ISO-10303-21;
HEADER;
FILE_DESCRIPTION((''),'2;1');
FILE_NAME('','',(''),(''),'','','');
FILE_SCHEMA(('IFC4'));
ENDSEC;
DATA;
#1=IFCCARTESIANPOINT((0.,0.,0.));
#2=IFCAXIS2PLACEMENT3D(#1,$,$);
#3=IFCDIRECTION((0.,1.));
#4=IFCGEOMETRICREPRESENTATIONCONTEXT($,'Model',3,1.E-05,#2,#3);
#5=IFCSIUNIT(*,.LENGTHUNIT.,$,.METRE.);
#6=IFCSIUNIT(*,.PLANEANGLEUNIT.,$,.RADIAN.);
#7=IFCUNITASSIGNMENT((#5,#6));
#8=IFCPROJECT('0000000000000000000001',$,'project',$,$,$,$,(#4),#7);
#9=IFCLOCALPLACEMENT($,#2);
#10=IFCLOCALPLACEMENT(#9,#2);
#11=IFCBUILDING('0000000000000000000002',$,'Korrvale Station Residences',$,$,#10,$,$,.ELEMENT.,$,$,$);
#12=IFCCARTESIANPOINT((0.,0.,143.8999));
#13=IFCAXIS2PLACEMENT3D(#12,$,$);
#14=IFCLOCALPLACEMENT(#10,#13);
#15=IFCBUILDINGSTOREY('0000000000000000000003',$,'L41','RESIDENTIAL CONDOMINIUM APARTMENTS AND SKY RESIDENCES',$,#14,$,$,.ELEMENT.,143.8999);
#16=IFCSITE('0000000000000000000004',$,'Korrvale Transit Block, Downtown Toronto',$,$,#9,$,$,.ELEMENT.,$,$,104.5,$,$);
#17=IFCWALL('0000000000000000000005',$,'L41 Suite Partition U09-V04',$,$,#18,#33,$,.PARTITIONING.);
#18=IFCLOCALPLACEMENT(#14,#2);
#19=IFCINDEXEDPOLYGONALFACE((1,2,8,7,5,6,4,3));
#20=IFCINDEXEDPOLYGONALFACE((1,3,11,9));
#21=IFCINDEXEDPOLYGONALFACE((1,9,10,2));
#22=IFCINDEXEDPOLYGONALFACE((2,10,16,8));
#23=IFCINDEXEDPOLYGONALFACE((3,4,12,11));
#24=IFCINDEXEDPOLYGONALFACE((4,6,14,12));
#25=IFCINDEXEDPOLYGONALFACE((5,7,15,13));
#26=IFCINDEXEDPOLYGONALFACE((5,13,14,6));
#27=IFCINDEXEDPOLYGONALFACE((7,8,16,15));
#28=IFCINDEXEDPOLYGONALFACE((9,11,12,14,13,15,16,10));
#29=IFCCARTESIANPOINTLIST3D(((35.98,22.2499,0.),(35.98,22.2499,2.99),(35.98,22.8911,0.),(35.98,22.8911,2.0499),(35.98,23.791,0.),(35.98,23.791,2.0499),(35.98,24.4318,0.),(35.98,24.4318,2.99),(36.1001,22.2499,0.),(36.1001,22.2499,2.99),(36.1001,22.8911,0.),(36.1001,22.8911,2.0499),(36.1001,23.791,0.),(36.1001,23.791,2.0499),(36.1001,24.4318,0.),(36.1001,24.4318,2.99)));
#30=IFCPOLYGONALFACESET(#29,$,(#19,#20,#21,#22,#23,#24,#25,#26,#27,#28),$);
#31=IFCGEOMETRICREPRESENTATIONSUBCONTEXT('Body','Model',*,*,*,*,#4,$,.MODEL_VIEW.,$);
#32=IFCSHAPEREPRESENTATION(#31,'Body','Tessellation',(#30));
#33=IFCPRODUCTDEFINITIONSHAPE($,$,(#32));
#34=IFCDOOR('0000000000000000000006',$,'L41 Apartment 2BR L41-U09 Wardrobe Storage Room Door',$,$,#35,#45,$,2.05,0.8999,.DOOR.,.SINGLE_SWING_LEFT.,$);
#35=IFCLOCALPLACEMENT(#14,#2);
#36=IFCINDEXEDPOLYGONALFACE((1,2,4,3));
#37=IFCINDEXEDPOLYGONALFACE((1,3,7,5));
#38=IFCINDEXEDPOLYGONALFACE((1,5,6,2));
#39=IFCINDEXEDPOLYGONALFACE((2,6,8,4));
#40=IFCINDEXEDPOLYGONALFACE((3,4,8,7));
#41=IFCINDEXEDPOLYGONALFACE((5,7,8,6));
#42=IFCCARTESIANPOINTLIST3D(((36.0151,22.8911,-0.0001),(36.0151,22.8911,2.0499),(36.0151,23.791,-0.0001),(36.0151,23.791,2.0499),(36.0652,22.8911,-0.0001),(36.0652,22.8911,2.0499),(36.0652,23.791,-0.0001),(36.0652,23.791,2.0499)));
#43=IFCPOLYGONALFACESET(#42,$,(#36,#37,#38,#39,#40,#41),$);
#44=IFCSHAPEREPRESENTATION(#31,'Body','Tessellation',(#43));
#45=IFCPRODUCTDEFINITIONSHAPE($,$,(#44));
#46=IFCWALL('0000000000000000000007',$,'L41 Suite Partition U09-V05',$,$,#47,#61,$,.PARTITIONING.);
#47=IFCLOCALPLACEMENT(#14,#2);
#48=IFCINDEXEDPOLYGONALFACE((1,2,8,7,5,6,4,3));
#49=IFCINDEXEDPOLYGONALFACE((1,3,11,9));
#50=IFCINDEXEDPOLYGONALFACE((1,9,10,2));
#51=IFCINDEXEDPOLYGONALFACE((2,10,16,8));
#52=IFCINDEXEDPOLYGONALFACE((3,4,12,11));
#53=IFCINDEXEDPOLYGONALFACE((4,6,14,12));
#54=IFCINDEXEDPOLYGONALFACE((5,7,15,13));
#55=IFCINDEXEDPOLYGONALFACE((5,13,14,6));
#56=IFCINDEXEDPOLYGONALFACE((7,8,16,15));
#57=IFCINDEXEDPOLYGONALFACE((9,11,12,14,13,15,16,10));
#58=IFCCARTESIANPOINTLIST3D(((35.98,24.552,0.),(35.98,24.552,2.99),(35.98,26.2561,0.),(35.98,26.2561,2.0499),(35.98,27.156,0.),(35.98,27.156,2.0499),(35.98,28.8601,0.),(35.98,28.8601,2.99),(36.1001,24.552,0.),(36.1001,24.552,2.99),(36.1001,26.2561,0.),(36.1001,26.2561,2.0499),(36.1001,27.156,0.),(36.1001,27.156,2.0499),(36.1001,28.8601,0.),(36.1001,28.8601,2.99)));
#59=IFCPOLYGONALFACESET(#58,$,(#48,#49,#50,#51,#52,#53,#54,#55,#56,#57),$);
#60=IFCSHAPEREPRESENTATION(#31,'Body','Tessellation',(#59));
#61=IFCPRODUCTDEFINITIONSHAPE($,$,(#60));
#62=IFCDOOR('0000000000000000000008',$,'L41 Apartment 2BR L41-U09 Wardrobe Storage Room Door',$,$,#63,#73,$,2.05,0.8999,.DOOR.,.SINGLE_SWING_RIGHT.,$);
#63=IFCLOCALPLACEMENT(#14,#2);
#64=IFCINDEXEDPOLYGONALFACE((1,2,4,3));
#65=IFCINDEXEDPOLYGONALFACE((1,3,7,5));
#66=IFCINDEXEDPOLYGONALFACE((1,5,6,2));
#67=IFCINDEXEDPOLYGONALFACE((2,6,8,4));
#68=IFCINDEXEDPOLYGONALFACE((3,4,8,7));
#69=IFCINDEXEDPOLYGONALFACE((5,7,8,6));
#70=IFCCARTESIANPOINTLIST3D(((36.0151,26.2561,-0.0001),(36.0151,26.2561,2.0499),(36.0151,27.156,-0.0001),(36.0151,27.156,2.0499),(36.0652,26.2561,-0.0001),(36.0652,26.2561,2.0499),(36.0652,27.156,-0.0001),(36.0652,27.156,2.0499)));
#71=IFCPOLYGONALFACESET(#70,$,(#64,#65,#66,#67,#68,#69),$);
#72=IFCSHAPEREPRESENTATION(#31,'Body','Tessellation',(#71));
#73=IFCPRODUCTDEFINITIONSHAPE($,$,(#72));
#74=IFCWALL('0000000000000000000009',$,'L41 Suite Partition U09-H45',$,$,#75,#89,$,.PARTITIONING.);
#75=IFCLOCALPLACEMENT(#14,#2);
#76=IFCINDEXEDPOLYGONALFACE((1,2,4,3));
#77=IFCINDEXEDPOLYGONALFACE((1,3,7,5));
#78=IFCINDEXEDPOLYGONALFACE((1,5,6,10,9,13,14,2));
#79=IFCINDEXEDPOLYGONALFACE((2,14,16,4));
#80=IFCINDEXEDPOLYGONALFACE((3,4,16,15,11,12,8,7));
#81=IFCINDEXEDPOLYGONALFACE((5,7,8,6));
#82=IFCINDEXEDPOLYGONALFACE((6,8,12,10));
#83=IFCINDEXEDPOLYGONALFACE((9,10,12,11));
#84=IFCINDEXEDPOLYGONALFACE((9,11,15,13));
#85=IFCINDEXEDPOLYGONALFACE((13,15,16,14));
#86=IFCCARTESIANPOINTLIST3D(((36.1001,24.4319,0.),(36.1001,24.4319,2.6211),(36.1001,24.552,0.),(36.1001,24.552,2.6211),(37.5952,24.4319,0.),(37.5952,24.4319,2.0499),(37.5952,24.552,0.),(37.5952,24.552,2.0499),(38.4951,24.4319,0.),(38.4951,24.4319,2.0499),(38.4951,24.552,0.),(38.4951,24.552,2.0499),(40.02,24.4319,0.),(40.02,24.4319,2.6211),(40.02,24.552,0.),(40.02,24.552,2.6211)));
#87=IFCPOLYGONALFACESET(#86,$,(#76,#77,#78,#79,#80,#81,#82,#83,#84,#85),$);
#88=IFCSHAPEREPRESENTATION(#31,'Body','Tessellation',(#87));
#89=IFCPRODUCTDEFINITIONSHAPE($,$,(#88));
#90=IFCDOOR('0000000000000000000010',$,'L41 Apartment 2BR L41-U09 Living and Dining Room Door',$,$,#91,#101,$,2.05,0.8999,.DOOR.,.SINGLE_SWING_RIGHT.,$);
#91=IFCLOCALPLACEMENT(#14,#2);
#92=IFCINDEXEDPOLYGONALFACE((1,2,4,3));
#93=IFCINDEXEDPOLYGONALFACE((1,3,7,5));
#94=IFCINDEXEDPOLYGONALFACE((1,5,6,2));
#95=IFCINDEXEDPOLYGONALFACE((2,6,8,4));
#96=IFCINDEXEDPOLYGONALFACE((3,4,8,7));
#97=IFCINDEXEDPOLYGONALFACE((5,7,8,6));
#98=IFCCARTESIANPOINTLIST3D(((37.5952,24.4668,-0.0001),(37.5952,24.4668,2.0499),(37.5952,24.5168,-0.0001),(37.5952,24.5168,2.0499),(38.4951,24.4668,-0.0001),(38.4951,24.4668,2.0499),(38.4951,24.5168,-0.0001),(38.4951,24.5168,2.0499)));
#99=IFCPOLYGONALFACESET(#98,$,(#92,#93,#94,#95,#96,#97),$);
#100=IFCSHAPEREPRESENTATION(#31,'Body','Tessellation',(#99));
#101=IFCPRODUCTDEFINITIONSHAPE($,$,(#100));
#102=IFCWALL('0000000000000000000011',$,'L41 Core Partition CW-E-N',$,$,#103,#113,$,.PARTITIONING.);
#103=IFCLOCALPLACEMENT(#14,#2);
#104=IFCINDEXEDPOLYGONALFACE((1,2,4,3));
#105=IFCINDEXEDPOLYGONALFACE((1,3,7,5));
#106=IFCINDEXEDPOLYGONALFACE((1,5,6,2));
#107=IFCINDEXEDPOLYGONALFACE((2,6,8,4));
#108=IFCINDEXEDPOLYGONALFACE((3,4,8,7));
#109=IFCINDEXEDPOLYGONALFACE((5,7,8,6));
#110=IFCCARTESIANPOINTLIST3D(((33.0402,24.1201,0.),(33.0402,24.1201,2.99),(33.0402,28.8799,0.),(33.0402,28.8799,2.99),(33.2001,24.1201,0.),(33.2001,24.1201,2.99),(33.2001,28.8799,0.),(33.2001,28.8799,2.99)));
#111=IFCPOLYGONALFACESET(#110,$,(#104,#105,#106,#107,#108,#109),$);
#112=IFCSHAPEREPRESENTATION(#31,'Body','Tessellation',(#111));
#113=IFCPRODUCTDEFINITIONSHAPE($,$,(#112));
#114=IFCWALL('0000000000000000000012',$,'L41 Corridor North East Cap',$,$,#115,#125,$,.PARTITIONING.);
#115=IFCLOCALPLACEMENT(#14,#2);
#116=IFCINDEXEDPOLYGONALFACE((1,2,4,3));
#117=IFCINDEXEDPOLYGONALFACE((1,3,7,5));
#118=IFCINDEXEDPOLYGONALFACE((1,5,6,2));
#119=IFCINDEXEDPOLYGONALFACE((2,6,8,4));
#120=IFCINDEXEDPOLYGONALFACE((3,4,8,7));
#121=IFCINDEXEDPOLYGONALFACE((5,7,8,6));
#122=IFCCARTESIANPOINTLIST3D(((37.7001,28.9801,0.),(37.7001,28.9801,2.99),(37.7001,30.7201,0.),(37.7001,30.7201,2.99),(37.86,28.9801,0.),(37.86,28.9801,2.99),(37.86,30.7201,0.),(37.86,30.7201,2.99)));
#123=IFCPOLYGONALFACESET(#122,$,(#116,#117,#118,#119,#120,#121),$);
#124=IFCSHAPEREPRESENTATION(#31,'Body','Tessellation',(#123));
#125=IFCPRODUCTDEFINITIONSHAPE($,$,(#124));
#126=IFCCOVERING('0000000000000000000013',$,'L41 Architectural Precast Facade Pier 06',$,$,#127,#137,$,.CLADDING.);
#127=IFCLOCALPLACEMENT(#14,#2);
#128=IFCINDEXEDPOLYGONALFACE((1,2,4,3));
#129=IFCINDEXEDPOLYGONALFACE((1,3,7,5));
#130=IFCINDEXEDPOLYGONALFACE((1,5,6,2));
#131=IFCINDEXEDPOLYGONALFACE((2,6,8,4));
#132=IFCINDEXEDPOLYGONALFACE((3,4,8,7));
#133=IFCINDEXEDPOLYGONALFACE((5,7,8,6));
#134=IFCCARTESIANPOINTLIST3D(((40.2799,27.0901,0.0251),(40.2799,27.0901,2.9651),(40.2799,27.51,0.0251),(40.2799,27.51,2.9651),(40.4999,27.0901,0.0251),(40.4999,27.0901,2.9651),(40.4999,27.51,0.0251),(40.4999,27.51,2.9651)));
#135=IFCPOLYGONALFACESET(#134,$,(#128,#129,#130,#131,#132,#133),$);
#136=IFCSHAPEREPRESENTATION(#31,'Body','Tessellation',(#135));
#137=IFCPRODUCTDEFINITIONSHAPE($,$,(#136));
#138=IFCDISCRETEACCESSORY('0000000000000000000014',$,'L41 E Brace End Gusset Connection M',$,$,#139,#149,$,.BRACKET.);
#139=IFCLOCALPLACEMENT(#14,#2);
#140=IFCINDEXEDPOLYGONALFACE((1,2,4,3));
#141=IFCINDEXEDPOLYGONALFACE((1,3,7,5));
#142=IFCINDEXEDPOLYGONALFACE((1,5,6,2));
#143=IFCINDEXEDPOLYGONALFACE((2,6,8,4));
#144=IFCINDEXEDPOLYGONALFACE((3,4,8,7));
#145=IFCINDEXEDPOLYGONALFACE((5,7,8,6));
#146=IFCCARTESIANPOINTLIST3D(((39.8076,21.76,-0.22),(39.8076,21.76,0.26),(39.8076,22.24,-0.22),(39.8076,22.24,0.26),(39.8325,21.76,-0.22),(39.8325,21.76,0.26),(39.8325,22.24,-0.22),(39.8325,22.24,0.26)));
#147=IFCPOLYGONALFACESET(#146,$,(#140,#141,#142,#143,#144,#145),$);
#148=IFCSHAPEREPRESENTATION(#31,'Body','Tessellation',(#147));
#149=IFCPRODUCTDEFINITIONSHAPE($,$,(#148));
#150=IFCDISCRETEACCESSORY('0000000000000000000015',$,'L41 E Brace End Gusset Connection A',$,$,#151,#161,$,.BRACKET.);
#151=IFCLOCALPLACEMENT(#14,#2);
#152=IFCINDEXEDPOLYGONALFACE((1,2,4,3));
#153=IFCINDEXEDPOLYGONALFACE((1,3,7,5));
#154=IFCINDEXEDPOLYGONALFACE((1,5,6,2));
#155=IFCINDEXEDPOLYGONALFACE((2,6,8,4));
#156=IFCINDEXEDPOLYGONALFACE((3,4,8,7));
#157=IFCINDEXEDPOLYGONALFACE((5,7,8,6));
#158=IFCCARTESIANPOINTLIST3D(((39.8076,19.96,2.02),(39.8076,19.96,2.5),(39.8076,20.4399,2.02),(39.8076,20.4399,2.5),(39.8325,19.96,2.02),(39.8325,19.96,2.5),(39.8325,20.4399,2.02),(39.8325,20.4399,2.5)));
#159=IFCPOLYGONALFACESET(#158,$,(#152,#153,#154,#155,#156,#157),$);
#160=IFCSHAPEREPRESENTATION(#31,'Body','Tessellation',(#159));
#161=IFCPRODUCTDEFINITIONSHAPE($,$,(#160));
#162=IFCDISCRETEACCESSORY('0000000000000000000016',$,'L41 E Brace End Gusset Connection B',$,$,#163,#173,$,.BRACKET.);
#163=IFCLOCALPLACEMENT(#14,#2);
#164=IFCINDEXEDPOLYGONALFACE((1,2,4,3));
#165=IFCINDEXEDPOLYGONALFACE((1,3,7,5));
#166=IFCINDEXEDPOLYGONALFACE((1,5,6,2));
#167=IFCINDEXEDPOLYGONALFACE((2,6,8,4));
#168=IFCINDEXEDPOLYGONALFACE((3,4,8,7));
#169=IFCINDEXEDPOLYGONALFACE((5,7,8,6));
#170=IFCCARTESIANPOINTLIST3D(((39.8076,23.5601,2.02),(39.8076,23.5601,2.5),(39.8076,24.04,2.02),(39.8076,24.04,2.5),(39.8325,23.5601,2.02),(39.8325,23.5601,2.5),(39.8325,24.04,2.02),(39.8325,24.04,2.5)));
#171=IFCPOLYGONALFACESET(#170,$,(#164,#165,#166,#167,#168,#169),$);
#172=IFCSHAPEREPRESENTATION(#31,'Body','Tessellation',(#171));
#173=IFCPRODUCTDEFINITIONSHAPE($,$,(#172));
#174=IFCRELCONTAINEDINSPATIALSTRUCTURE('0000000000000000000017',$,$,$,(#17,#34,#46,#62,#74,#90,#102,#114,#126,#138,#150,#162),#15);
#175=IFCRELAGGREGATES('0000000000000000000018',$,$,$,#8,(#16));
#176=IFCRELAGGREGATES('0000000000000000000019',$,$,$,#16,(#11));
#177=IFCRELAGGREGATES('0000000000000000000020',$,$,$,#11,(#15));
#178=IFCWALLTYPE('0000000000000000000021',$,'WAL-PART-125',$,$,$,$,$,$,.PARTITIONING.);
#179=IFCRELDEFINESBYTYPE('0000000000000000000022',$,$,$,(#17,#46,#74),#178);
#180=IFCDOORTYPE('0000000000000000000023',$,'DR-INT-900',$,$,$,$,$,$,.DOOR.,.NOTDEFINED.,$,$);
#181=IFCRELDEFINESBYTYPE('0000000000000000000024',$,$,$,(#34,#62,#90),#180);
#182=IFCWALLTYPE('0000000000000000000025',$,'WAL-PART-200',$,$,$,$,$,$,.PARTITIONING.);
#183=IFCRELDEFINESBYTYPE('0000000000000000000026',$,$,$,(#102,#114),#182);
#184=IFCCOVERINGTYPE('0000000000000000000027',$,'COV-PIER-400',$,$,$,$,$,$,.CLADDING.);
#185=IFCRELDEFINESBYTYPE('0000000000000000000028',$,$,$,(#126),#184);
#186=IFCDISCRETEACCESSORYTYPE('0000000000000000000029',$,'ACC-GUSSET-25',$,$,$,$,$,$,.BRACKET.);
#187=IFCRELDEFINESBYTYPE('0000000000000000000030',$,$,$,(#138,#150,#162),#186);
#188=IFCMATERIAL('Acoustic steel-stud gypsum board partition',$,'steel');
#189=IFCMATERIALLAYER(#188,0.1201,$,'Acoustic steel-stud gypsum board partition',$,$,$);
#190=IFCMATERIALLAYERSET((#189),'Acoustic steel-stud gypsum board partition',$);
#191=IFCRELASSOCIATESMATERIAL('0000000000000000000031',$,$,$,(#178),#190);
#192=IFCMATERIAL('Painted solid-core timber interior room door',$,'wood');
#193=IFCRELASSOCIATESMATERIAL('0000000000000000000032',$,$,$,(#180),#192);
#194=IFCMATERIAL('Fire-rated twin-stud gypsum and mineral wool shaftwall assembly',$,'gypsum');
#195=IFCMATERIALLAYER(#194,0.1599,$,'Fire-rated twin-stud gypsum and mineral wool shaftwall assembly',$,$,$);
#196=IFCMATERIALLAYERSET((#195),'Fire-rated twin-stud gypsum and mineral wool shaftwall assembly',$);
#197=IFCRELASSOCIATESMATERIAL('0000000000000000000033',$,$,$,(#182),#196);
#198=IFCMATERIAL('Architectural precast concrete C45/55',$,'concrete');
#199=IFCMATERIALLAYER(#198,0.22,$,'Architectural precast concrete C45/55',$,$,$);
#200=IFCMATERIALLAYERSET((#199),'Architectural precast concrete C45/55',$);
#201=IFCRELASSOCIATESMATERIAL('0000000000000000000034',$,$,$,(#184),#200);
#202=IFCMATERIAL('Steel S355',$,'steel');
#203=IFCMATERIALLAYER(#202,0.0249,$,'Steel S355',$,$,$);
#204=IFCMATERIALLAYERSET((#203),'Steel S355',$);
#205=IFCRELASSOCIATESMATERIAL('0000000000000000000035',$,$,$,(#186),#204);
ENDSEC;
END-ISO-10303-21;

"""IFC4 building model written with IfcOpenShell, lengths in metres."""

from ifc_helpers import new_model, si_unit, direction, frame, frame_2d, origin, origin_2d, place, context, subcontext, project, spatial, rectangle, extrude, material, layer, layer_set, type_object, element, fill, save


model = new_model("IFC4")

# Units and contexts
model_context = context("Model", 3, precision=1e-05, world=origin(), true_north=direction((0.0, 1.0)))
body_context = subcontext(model_context, "Body", "Model", "MODEL_VIEW")
ifc_project = project(units=[si_unit("LENGTHUNIT", "METRE"), si_unit("PLANEANGLEUNIT", "RADIAN")], contexts=[model_context])

# Site, building, storey
site_placement = place(None, origin())
site = spatial("IfcSite", under=ifc_project, at=site_placement, Name="Korrvale Transit Block, Downtown Toronto", CompositionType="ELEMENT", RefElevation=104.5)
building_placement = place(site_placement, origin())
building = spatial("IfcBuilding", under=site, at=building_placement, Name="Korrvale Station Residences", CompositionType="ELEMENT")
storey_placement = place(building_placement, frame((0.0, 0.0, 143.8999)))
storey = spatial("IfcBuildingStorey", under=building, at=storey_placement, Name="L41", Description="RESIDENTIAL CONDOMINIUM APARTMENTS AND SKY RESIDENCES", CompositionType="ELEMENT", Elevation=143.8999)

# Shared definitions
ifc_material_1 = material(Name="Steel S355", Category="steel")

# Shared definitions
ifc_material_2 = material(Name="Acoustic steel-stud gypsum board partition", Category="steel")
ifc_layer_1 = layer(ifc_material_2, 0.1201, Name="Acoustic steel-stud gypsum board partition")
ifc_layer_set_1 = layer_set([ifc_layer_1], Name="Acoustic steel-stud gypsum board partition")
wall_type_1 = type_object("IfcWallType", Name="WAL-PART-125", PredefinedType="PARTITIONING", material=ifc_layer_set_1)

# Walls, openings, doors
wall_1_placement = place(storey_placement, frame((36.04, 22.25, 0.0), z_axis=(0.0, 0.0, 1.0), x_axis=(0.0, 1.0, 0.0)))
wall_1 = element("IfcWall", 1, at=wall_1_placement, inside=storey, type_object=wall_type_1, Name="L41 Suite Partition U09-V04", PredefinedType="PARTITIONING", context=body_context, shape_type="SweptSolid", body=[
    extrude(rectangle(XDim=2.1819, YDim=0.1201, at=frame_2d((1.0908, 0.0))), origin(), (0.0, 0.0, 1.0), 2.99),
])
opening_1_placement = place(wall_1_placement, frame((0.6411, 0.0, 0.0)))
opening_1 = element("IfcOpeningElement", 2, at=opening_1_placement, cuts=wall_1, PredefinedType="OPENING", context=body_context, shape_type="SweptSolid", body=[
    extrude(rectangle(XDim=0.8999, YDim=2.05, at=frame_2d((0.45, 1.0249))), frame((0.0, 0.0701, 0.0), z_axis=(0.0, -1.0, 0.0), x_axis=(1.0, 0.0, 0.0)), (0.0, 0.0, 1.0), 0.1401),
])
ifc_material_3 = material(Name="Painted solid-core timber interior room door", Category="wood")
door_type = type_object("IfcDoorType", Name="DR-INT-900", OperationType="NOTDEFINED", PredefinedType="DOOR", material=ifc_material_3)
door_1_placement = place(opening_1_placement, origin())
door_1 = element("IfcDoor", 3, at=door_1_placement, inside=storey, type_object=door_type, Name="L41 Apartment 2BR L41-U09 Wardrobe Storage Room Door", OperationType="SINGLE_SWING_LEFT", OverallHeight=2.05, OverallWidth=0.8999, PredefinedType="DOOR", context=body_context, shape_type="SweptSolid", body=[
    extrude(rectangle(XDim=0.8999, YDim=2.05, at=frame_2d((0.45, 1.0249))), frame((0.0, 0.0249, 0.0), z_axis=(0.0, -1.0, 0.0), x_axis=(1.0, 0.0, 0.0)), (0.0, 0.0, 1.0), 0.05),
])
fill(opening_1, door_1)
wall_2_placement = place(storey_placement, frame((36.04, 24.552, 0.0), z_axis=(0.0, 0.0, 1.0), x_axis=(0.0, 1.0, 0.0)))
wall_2 = element("IfcWall", 4, at=wall_2_placement, inside=storey, type_object=wall_type_1, Name="L41 Suite Partition U09-V05", PredefinedType="PARTITIONING", context=body_context, shape_type="SweptSolid", body=[
    extrude(rectangle(XDim=4.3081, YDim=0.1201, at=frame_2d((2.1541, 0.0))), origin(), (0.0, 0.0, 1.0), 2.99),
])
opening_2_placement = place(wall_2_placement, frame((1.7041, 0.0, 0.0)))
opening_2 = element("IfcOpeningElement", 5, at=opening_2_placement, cuts=wall_2, PredefinedType="OPENING", context=body_context, shape_type="SweptSolid", body=[
    extrude(rectangle(XDim=0.8999, YDim=2.05, at=frame_2d((0.45, 1.0249))), frame((0.0, 0.0701, 0.0), z_axis=(0.0, -1.0, 0.0), x_axis=(1.0, 0.0, 0.0)), (0.0, 0.0, 1.0), 0.1401),
])
door_2_placement = place(opening_2_placement, origin())
door_2 = element("IfcDoor", 6, at=door_2_placement, inside=storey, type_object=door_type, Name="L41 Apartment 2BR L41-U09 Wardrobe Storage Room Door", OperationType="SINGLE_SWING_RIGHT", OverallHeight=2.05, OverallWidth=0.8999, PredefinedType="DOOR", context=body_context, shape_type="SweptSolid", body=[
    extrude(rectangle(XDim=0.8999, YDim=2.05, at=frame_2d((0.45, 1.0249))), frame((0.0, 0.0249, 0.0), z_axis=(0.0, -1.0, 0.0), x_axis=(1.0, 0.0, 0.0)), (0.0, 0.0, 1.0), 0.05),
])
fill(opening_2, door_2)
wall_3_placement = place(storey_placement, frame((36.1001, 24.4919, 0.0), z_axis=(0.0, 0.0, 1.0), x_axis=(1.0, 0.0, 0.0)))
wall_3 = element("IfcWall", 7, at=wall_3_placement, inside=storey, type_object=wall_type_1, Name="L41 Suite Partition U09-H45", PredefinedType="PARTITIONING", context=body_context, shape_type="SweptSolid", body=[
    extrude(rectangle(XDim=3.9199, YDim=0.1201, at=frame_2d((1.96, 0.0))), origin(), (0.0, 0.0, 1.0), 2.6211),
])
opening_3_placement = place(wall_3_placement, frame((1.4951, 0.0, 0.0)))
opening_3 = element("IfcOpeningElement", 8, at=opening_3_placement, cuts=wall_3, PredefinedType="OPENING", context=body_context, shape_type="SweptSolid", body=[
    extrude(rectangle(XDim=0.8999, YDim=2.05, at=frame_2d((0.45, 1.0249))), frame((0.0, 0.0701, 0.0), z_axis=(0.0, -1.0, 0.0), x_axis=(1.0, 0.0, 0.0)), (0.0, 0.0, 1.0), 0.1401),
])
door_3_placement = place(opening_3_placement, origin())
door_3 = element("IfcDoor", 9, at=door_3_placement, inside=storey, type_object=door_type, Name="L41 Apartment 2BR L41-U09 Living and Dining Room Door", OperationType="SINGLE_SWING_RIGHT", OverallHeight=2.05, OverallWidth=0.8999, PredefinedType="DOOR", context=body_context, shape_type="SweptSolid", body=[
    extrude(rectangle(XDim=0.8999, YDim=2.05, at=frame_2d((0.45, 1.0249))), frame((0.0, 0.0249, 0.0), z_axis=(0.0, -1.0, 0.0), x_axis=(1.0, 0.0, 0.0)), (0.0, 0.0, 1.0), 0.05),
])
fill(opening_3, door_3)

# Walls
ifc_material_4 = material(Name="Fire-rated twin-stud gypsum and mineral wool shaftwall assembly", Category="gypsum")
ifc_layer_2 = layer(ifc_material_4, 0.1599, Name="Fire-rated twin-stud gypsum and mineral wool shaftwall assembly")
ifc_layer_set_2 = layer_set([ifc_layer_2], Name="Fire-rated twin-stud gypsum and mineral wool shaftwall assembly")
wall_type_2 = type_object("IfcWallType", Name="WAL-PART-200", PredefinedType="PARTITIONING", material=ifc_layer_set_2)
wall_4_placement = place(storey_placement, frame((33.1201, 24.1201, 0.0), z_axis=(0.0, 0.0, 1.0), x_axis=(0.0, 1.0, 0.0)))
element("IfcWall", 10, at=wall_4_placement, inside=storey, type_object=wall_type_2, Name="L41 Core Partition CW-E-N", PredefinedType="PARTITIONING", context=body_context, shape_type="SweptSolid", body=[
    extrude(rectangle(XDim=4.7598, YDim=0.1599, at=frame_2d((2.3799, 0.0))), origin(), (0.0, 0.0, 1.0), 2.99),
])
wall_5_placement = place(storey_placement, frame((37.78, 28.98, 0.0), z_axis=(0.0, 0.0, 1.0), x_axis=(0.0, 1.0, 0.0)))
element("IfcWall", 11, at=wall_5_placement, inside=storey, type_object=wall_type_2, Name="L41 Corridor North East Cap", PredefinedType="PARTITIONING", context=body_context, shape_type="SweptSolid", body=[
    extrude(rectangle(XDim=1.74, YDim=0.1599, at=frame_2d((0.8701, 0.0))), origin(), (0.0, 0.0, 1.0), 2.99),
])

# Covering
ifc_material_5 = material(Name="Architectural precast concrete C45/55", Category="concrete")
ifc_layer_3 = layer(ifc_material_5, 0.22, Name="Architectural precast concrete C45/55")
ifc_layer_set_3 = layer_set([ifc_layer_3], Name="Architectural precast concrete C45/55")
covering_type = type_object("IfcCoveringType", Name="COV-PIER-400", PredefinedType="CLADDING", material=ifc_layer_set_3)
covering_placement = place(storey_placement, frame((40.3899, 27.3, 0.0251), z_axis=(0.0, 0.0, 1.0), x_axis=(0.0, 1.0, 0.0)))
element("IfcCovering", 12, at=covering_placement, inside=storey, type_object=covering_type, Name="L41 Architectural Precast Facade Pier 06", PredefinedType="CLADDING", context=body_context, shape_type="SweptSolid", body=[
    extrude(rectangle(XDim=0.4199, YDim=0.22, at=origin_2d()), origin(), (0.0, 0.0, 1.0), 2.9399),
])

# Discrete accessories
ifc_layer_4 = layer(ifc_material_1, 0.0249, Name="Steel S355")
ifc_layer_set_4 = layer_set([ifc_layer_4], Name="Steel S355")
discrete_accessory_type = type_object("IfcDiscreteAccessoryType", Name="ACC-GUSSET-25", PredefinedType="BRACKET", material=ifc_layer_set_4)
for number, where, z_axis, x_axis, name in (
    (13, (39.8201, 22.0, -0.22), (0.0, 0.0, 1.0), (0.0, 1.0, 0.0), "L41 E Brace End Gusset Connection M"),
    (14, (39.8201, 20.2, 2.02), (0.0, 0.0, 1.0), (0.0, 1.0, 0.0), "L41 E Brace End Gusset Connection A"),
    (15, (39.8201, 23.8, 2.02), (0.0, 0.0, 1.0), (0.0, 1.0, 0.0), "L41 E Brace End Gusset Connection B"),
):
    element("IfcDiscreteAccessory", number, at=place(storey_placement, frame(where, z_axis=z_axis, x_axis=x_axis)), inside=storey, type_object=discrete_accessory_type, Name=name, PredefinedType="BRACKET", context=body_context, shape_type="SweptSolid", body=[
        extrude(rectangle(XDim=0.48, YDim=0.0249, at=origin_2d()), origin(), (0.0, 0.0, 1.0), 0.48),
    ])

save(model, "model.ifc")
